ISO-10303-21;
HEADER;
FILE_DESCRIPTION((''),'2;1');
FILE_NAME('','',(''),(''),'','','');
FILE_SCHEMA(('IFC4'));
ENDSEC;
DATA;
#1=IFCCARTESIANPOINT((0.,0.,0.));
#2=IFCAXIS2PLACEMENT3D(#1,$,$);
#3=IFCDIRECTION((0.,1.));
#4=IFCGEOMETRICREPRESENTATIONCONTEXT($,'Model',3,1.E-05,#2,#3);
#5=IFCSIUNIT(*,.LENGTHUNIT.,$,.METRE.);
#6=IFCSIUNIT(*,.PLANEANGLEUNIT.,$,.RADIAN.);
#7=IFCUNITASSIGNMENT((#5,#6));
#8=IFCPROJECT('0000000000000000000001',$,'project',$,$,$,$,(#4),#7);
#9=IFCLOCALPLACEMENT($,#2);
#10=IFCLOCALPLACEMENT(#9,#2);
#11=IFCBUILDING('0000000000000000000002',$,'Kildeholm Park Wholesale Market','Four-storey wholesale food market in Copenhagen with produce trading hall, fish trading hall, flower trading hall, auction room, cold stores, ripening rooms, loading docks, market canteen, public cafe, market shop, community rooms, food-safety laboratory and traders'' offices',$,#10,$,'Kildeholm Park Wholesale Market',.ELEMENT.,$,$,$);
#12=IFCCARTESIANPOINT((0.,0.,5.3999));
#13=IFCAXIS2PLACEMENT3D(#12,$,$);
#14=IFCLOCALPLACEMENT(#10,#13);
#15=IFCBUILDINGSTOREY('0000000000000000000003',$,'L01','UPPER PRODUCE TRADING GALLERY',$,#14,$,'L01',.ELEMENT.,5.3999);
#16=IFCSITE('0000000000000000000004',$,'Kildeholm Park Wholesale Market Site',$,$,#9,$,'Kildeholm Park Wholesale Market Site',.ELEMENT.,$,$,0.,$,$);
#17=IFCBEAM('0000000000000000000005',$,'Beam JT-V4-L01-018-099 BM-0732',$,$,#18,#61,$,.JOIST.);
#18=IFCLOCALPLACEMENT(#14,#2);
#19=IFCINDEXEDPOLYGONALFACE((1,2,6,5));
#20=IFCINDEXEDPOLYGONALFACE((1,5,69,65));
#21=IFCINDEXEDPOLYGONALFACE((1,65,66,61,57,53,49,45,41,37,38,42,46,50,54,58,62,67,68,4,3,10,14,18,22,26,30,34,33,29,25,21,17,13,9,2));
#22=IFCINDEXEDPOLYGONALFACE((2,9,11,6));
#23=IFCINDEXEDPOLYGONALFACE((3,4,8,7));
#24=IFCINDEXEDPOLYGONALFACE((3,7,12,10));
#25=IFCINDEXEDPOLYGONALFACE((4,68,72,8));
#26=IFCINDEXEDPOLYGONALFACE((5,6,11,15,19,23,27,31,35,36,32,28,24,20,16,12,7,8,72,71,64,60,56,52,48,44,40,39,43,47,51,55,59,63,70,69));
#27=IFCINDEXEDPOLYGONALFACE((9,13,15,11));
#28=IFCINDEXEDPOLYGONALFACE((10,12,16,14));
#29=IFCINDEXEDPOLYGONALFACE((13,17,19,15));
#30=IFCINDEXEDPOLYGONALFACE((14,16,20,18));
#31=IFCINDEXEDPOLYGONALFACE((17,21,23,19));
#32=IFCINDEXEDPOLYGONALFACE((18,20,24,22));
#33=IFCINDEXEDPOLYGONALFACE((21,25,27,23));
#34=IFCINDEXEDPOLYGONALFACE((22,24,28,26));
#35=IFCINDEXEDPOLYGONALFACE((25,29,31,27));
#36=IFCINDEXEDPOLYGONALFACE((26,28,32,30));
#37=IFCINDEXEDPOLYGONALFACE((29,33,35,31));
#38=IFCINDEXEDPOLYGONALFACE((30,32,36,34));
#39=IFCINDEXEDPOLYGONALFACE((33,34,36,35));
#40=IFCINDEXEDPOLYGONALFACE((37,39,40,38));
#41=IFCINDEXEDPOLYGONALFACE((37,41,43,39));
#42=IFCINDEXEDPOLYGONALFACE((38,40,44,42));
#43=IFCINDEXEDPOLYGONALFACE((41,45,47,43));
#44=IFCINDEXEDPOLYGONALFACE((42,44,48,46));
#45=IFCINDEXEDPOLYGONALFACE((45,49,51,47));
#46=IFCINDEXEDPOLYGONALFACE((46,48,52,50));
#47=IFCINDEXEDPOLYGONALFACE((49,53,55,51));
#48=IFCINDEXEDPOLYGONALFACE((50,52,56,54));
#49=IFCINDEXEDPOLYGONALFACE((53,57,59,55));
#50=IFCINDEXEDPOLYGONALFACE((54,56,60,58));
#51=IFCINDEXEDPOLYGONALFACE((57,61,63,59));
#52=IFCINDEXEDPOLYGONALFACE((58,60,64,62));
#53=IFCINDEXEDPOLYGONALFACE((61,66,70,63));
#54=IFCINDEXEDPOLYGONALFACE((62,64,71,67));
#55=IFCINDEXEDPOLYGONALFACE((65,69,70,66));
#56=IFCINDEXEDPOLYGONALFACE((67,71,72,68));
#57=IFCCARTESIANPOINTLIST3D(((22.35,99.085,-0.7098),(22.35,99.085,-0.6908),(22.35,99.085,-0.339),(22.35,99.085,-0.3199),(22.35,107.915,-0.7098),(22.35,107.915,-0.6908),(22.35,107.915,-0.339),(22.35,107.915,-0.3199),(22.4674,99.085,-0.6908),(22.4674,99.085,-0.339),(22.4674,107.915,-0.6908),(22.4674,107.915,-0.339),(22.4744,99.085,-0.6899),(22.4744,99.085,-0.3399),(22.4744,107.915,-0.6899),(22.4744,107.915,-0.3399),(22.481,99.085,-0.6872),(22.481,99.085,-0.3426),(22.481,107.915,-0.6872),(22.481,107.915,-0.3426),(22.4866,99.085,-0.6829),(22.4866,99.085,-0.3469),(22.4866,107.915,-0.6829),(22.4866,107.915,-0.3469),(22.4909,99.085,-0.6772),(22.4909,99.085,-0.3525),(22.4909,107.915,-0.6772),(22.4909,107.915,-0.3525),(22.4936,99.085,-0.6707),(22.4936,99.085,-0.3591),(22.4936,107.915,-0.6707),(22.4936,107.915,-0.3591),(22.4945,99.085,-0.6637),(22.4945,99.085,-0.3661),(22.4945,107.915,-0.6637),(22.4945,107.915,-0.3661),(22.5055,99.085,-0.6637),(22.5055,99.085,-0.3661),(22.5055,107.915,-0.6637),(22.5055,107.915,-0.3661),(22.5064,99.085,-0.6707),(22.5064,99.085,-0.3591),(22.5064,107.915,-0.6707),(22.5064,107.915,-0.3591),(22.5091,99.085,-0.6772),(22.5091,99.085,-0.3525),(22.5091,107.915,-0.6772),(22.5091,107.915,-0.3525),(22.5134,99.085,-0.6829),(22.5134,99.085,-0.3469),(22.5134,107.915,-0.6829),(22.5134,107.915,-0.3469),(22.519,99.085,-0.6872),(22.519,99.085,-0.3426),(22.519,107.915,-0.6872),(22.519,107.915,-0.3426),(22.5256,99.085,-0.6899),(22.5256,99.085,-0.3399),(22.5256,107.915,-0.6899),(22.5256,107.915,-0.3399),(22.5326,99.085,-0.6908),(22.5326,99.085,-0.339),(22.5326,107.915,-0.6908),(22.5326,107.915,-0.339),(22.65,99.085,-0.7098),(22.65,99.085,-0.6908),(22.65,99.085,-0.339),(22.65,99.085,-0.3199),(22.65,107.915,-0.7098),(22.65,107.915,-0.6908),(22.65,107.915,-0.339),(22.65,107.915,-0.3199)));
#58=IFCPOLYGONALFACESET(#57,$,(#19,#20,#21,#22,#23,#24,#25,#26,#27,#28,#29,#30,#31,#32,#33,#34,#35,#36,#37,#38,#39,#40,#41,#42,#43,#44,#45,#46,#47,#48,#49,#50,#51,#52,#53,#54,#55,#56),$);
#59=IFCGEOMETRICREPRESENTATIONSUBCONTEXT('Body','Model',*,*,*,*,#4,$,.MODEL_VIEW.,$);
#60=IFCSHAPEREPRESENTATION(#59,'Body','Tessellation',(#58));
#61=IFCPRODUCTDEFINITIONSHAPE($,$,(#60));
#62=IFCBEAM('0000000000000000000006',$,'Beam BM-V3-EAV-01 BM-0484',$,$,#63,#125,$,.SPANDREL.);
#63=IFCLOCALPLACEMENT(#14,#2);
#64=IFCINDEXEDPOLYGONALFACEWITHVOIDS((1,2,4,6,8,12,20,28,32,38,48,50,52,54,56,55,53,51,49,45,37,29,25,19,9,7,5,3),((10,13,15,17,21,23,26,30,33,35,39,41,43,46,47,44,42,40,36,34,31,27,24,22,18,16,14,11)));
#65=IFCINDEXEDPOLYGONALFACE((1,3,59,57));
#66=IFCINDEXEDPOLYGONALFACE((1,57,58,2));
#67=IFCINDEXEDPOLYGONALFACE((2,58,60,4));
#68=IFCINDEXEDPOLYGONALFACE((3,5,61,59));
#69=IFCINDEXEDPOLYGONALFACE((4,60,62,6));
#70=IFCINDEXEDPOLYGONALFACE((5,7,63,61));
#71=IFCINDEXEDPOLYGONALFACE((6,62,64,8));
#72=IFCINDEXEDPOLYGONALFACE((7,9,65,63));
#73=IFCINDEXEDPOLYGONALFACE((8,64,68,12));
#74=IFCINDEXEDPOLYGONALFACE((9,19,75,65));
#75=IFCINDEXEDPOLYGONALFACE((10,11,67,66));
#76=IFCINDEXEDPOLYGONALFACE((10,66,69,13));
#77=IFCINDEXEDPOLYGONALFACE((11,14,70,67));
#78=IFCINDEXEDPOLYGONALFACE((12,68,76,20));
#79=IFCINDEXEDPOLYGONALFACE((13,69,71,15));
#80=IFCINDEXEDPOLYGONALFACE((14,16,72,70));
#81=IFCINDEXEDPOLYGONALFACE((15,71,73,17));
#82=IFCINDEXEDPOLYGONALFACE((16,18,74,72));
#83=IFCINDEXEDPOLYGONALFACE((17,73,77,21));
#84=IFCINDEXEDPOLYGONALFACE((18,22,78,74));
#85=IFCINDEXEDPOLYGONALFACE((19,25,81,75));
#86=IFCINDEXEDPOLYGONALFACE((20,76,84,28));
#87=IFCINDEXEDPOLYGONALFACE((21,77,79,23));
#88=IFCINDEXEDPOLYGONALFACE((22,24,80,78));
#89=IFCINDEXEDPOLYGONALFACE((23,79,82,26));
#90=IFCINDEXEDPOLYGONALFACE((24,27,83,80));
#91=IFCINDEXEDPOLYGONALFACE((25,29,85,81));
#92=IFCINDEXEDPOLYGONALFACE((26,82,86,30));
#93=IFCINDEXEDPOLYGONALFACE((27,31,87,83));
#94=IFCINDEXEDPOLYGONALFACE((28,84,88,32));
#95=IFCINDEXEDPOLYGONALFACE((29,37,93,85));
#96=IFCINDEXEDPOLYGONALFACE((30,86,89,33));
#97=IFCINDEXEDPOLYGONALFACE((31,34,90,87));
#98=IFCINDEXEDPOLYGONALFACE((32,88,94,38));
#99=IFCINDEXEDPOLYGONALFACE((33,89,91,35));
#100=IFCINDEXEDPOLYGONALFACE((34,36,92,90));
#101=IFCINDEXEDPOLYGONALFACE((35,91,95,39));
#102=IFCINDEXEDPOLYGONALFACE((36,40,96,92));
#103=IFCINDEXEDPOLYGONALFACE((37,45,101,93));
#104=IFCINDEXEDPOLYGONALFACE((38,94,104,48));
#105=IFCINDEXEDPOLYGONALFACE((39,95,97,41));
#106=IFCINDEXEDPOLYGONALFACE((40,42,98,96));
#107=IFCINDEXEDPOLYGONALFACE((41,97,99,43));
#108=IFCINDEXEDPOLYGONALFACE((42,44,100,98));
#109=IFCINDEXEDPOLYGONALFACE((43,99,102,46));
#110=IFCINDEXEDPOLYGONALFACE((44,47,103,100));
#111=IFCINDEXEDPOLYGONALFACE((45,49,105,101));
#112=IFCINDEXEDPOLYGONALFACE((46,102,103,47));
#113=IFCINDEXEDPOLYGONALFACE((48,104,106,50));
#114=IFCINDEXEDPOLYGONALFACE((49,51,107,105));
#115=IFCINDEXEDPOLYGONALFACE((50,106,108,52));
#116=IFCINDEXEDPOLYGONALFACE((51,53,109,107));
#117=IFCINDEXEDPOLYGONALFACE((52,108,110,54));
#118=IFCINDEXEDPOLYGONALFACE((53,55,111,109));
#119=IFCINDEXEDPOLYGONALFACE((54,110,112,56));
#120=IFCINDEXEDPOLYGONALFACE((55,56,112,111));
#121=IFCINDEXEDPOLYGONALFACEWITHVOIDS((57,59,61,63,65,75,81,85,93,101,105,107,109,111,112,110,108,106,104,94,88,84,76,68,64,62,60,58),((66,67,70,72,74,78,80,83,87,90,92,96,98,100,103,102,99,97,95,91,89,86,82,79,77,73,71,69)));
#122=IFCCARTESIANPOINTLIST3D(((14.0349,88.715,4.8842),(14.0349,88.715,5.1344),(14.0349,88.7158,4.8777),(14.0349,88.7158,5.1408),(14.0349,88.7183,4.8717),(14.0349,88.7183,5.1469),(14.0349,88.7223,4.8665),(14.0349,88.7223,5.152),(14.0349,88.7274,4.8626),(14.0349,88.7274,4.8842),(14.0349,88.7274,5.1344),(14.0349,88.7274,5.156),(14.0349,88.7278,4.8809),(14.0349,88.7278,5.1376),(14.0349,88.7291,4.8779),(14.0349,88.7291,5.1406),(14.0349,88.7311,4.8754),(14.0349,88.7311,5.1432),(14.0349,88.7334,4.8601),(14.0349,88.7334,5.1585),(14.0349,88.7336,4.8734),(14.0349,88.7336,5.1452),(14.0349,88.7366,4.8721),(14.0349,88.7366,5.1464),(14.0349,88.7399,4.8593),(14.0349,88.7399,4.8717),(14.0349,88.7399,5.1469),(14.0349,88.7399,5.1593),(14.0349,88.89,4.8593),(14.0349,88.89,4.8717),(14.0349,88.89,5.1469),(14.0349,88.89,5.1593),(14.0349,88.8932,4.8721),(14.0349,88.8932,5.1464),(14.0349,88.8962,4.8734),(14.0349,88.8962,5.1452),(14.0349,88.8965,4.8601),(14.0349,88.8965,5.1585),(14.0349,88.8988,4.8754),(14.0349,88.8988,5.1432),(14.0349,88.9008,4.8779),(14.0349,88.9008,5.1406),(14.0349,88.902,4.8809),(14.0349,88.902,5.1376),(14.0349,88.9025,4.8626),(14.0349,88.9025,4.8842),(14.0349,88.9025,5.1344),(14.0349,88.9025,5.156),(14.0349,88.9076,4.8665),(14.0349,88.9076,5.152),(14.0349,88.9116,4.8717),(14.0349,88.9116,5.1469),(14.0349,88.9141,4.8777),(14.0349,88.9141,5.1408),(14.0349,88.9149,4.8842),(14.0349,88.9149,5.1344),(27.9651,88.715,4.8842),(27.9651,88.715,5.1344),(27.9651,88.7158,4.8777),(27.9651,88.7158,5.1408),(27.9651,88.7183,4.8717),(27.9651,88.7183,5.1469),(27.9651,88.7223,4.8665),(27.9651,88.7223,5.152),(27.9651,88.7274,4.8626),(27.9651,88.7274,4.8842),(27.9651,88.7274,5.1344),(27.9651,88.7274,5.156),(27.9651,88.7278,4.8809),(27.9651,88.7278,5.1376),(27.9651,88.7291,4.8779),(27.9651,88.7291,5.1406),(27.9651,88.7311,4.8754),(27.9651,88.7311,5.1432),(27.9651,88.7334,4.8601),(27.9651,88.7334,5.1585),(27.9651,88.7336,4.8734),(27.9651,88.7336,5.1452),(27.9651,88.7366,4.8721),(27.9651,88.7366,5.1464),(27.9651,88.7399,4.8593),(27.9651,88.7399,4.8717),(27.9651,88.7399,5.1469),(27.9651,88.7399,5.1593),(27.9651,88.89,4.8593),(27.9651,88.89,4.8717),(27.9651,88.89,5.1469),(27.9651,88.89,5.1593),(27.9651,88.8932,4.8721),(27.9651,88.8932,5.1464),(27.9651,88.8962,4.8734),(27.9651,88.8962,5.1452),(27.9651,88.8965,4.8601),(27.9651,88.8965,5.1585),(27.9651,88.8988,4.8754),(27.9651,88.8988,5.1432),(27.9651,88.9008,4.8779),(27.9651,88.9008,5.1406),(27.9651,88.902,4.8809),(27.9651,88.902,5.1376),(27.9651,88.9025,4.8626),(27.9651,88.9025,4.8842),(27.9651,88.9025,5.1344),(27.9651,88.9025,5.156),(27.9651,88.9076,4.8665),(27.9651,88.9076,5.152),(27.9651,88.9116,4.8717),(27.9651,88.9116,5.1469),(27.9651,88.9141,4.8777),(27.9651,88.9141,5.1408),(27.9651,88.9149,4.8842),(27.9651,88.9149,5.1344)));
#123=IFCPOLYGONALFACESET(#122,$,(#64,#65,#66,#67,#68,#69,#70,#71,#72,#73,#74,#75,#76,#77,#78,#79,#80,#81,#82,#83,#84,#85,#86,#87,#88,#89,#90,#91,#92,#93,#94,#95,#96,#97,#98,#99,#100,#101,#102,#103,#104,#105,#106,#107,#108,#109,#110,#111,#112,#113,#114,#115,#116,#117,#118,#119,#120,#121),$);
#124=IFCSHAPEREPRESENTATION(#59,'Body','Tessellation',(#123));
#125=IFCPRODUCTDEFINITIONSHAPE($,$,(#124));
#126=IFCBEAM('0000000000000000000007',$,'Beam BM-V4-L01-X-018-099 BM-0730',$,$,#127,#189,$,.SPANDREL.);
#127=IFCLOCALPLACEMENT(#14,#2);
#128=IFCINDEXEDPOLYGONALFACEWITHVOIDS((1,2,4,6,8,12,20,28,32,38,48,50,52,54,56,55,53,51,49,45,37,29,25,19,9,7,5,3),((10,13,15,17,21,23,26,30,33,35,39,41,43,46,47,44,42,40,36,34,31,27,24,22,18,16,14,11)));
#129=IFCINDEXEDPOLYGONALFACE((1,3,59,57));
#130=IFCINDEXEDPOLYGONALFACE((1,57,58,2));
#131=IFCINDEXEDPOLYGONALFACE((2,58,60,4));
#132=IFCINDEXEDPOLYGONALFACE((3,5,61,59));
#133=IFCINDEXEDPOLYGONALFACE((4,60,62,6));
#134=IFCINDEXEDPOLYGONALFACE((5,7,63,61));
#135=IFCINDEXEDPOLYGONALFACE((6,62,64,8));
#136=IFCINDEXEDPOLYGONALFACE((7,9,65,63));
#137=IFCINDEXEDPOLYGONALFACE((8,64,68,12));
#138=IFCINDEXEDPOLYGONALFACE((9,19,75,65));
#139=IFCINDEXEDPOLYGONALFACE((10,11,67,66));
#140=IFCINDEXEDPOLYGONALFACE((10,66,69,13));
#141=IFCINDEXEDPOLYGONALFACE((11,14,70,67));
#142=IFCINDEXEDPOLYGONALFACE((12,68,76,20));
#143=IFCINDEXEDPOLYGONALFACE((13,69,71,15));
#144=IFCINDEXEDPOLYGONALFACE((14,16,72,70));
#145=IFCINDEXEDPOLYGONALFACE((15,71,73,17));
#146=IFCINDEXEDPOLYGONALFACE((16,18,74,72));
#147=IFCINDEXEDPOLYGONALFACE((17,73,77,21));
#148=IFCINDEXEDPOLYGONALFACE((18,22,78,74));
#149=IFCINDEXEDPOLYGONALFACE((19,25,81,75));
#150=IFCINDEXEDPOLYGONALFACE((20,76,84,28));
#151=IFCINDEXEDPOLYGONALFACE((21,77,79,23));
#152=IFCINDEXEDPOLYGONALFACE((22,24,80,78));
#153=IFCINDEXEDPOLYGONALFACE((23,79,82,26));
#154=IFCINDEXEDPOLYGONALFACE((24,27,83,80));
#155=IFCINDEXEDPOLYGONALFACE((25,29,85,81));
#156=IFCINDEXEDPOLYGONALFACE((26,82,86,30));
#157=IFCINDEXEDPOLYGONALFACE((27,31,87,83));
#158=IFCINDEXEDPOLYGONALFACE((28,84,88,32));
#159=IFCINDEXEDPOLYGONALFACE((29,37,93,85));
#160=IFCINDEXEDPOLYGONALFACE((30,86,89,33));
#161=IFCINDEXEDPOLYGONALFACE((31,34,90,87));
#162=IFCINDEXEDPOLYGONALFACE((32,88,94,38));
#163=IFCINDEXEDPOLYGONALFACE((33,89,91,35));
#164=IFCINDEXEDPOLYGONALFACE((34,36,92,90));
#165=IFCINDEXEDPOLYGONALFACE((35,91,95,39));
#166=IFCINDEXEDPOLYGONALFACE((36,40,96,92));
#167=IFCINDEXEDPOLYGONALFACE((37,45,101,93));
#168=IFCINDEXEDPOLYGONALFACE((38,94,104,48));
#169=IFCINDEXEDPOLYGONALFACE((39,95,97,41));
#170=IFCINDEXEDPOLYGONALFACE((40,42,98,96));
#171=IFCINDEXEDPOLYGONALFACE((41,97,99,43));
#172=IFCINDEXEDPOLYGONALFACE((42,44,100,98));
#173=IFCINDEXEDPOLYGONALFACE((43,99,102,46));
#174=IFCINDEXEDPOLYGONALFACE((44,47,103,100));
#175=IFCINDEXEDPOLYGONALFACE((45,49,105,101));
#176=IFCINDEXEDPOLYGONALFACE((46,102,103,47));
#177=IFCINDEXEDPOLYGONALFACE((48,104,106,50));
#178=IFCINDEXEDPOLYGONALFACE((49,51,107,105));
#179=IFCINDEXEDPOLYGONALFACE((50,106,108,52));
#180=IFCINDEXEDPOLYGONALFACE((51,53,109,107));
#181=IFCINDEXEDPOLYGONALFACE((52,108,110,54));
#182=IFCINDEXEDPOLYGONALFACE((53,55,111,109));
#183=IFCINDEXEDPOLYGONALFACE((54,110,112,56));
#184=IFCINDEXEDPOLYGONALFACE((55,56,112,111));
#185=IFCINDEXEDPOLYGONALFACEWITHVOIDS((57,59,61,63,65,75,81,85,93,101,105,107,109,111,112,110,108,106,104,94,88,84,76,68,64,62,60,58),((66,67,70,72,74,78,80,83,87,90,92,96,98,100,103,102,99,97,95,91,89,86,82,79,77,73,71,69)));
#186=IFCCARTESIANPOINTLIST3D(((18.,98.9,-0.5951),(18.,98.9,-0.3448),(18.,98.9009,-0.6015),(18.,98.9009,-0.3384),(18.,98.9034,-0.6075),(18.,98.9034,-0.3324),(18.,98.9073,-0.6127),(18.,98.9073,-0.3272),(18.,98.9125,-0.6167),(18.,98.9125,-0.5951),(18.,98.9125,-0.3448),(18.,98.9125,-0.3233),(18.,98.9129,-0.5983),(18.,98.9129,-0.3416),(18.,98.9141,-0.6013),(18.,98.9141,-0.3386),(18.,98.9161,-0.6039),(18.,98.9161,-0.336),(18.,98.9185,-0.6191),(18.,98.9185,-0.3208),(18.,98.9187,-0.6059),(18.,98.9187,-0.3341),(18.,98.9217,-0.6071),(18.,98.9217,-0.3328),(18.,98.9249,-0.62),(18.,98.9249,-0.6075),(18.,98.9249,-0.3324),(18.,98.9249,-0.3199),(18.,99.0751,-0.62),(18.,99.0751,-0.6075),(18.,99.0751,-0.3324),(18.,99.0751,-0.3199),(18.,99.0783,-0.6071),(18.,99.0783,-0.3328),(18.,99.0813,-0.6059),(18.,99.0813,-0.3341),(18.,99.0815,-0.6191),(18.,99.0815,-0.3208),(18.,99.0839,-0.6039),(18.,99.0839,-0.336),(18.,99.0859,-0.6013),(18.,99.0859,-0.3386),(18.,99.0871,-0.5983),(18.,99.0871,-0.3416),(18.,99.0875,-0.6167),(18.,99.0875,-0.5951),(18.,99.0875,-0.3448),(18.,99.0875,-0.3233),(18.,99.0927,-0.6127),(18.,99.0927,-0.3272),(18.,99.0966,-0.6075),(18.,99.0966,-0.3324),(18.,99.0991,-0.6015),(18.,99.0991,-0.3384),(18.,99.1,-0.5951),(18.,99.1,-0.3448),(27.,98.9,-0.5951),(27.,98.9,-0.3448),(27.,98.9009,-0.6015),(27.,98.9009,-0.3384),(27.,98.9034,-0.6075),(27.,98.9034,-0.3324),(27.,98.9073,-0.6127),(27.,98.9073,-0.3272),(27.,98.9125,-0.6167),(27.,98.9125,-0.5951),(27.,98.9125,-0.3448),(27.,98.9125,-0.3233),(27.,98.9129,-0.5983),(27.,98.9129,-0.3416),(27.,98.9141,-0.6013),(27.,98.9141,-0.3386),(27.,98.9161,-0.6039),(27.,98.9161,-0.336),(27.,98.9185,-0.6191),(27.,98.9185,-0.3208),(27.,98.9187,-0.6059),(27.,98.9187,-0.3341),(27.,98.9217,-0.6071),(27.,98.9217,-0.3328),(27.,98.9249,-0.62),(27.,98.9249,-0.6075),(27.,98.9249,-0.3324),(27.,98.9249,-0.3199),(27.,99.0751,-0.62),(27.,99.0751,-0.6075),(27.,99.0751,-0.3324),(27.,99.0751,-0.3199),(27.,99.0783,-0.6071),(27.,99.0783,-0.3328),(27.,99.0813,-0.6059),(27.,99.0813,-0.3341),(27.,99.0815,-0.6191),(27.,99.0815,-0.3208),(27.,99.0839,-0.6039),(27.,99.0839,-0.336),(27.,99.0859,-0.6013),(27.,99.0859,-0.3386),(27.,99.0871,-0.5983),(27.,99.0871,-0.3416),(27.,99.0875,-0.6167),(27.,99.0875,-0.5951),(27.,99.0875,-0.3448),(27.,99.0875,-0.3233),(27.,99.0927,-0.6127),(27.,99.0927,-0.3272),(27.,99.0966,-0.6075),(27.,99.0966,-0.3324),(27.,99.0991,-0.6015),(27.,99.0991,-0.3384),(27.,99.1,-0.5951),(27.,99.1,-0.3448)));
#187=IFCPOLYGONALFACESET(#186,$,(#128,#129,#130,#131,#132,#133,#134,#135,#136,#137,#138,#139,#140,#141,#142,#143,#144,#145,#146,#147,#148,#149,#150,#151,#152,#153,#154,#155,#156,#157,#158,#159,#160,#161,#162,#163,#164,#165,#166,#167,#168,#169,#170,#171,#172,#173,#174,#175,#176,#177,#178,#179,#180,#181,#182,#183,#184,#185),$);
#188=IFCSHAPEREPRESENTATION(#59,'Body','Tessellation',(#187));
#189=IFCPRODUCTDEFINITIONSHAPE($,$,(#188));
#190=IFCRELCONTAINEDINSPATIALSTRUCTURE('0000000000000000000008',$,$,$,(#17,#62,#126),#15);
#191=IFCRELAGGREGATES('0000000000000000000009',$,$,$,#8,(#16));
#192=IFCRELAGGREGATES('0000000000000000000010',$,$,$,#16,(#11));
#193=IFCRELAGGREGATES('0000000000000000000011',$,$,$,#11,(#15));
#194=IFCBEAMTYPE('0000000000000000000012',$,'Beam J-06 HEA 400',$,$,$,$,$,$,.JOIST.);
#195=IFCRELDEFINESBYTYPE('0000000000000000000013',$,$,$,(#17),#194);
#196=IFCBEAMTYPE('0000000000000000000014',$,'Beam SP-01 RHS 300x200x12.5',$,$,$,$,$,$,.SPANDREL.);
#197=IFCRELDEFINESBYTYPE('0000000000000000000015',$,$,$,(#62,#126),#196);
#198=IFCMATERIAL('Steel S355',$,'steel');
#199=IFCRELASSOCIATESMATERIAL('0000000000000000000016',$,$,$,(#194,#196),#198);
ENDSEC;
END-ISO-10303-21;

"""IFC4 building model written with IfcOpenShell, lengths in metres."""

from ifc_helpers import new_model, si_unit, direction, frame, origin, origin_2d, place, context, subcontext, project, spatial, hollow_rectangle, i_section, extrude, material, material_profile, profile_set, type_object, element, save


model = new_model("IFC4")

# Units and contexts
model_context = context("Model", 3, precision=1e-05, world=origin(), true_north=direction((0.0, 1.0)))
body_context = subcontext(model_context, "Body", "Model", "MODEL_VIEW")
ifc_project = project(units=[si_unit("LENGTHUNIT", "METRE"), si_unit("PLANEANGLEUNIT", "RADIAN")], contexts=[model_context])

# Site, building, storey
site_placement = place(None, origin())
site = spatial("IfcSite", under=ifc_project, at=site_placement, Name="Kildeholm Park Wholesale Market Site", LongName="Kildeholm Park Wholesale Market Site", CompositionType="ELEMENT", RefElevation=0.0)
building_placement = place(site_placement, origin())
building = spatial("IfcBuilding", under=site, at=building_placement, Name="Kildeholm Park Wholesale Market", Description="Four-storey wholesale food market in Copenhagen with produce trading hall, fish trading hall, flower trading hall, auction room, cold stores, ripening rooms, loading docks, market canteen, public cafe, market shop, community rooms, food-safety laboratory and traders' offices", LongName="Kildeholm Park Wholesale Market", CompositionType="ELEMENT")
storey_placement = place(building_placement, frame((0.0, 0.0, 5.3999)))
storey = spatial("IfcBuildingStorey", under=building, at=storey_placement, Name="L01", Description="UPPER PRODUCE TRADING GALLERY", LongName="L01", CompositionType="ELEMENT", Elevation=5.3999)

# Shared definitions
ifc_material_1 = material(Name="Steel S355", Category="steel")

# Beams
ifc_material_profile_1 = material_profile(ifc_material_1, i_section(OverallWidth=0.3, OverallDepth=0.3899, WebThickness=0.011, FlangeThickness=0.019, FilletRadius=0.0271, at=origin_2d()), Name="HEA 400")
ifc_profile_set_1 = profile_set([ifc_material_profile_1], Name="Steel S355")
beam_type_1 = type_object("IfcBeamType", Name="Beam J-06 HEA 400", PredefinedType="JOIST", material=ifc_profile_set_1)
beam_1_placement = place(storey_placement, frame((22.5, 99.085, -0.5149), z_axis=(0.0, 1.0, 0.0), x_axis=(-1.0, 0.0, 0.0)))
element("IfcBeam", 1, at=beam_1_placement, inside=storey, type_object=beam_type_1, Name="Beam JT-V4-L01-018-099 BM-0732", PredefinedType="JOIST", context=body_context, shape_type="SweptSolid", body=[
    extrude(i_section(OverallWidth=0.3, OverallDepth=0.3899, WebThickness=0.011, FlangeThickness=0.019, FilletRadius=0.0271, at=origin_2d()), origin(), (0.0, 0.0, 1.0), 8.8301),
])
ifc_material_profile_2 = material_profile(ifc_material_1, hollow_rectangle(XDim=0.2, YDim=0.3, WallThickness=0.0125, InnerFilletRadius=0.0125, OuterFilletRadius=0.0249, at=origin_2d()), Name="RHS 300x200x12.5")
ifc_profile_set_2 = profile_set([ifc_material_profile_2], Name="Steel S355")
beam_type_2 = type_object("IfcBeamType", Name="Beam SP-01 RHS 300x200x12.5", PredefinedType="SPANDREL", material=ifc_profile_set_2)
beam_2_placement = place(storey_placement, frame((27.9651, 88.8149, 5.0093), z_axis=(-1.0, 0.0, 0.0), x_axis=(0.0, -1.0, 0.0)))
element("IfcBeam", 2, at=beam_2_placement, inside=storey, type_object=beam_type_2, Name="Beam BM-V3-EAV-01 BM-0484", PredefinedType="SPANDREL", context=body_context, shape_type="SweptSolid", body=[
    extrude(hollow_rectangle(XDim=0.2, YDim=0.3, WallThickness=0.0125, InnerFilletRadius=0.0125, OuterFilletRadius=0.0249, at=origin_2d()), origin(), (0.0, 0.0, 1.0), 13.9302),
])
for number, where, z_axis, x_axis, name in (
    (3, (18.0, 99.0, -0.47), (1.0, 0.0, 0.0), (0.0, 1.0, 0.0), "Beam BM-V4-L01-X-018-099 BM-0730"),
):
    element("IfcBeam", number, at=place(storey_placement, frame(where, z_axis=z_axis, x_axis=x_axis)), inside=storey, type_object=beam_type_2, Name=name, PredefinedType="SPANDREL", context=body_context, shape_type="SweptSolid", body=[
        extrude(hollow_rectangle(XDim=0.2, YDim=0.3, WallThickness=0.0125, InnerFilletRadius=0.0125, OuterFilletRadius=0.0249, at=origin_2d()), origin(), (0.0, 0.0, 1.0), 9.0),
    ])

save(model, "model.ifc")
